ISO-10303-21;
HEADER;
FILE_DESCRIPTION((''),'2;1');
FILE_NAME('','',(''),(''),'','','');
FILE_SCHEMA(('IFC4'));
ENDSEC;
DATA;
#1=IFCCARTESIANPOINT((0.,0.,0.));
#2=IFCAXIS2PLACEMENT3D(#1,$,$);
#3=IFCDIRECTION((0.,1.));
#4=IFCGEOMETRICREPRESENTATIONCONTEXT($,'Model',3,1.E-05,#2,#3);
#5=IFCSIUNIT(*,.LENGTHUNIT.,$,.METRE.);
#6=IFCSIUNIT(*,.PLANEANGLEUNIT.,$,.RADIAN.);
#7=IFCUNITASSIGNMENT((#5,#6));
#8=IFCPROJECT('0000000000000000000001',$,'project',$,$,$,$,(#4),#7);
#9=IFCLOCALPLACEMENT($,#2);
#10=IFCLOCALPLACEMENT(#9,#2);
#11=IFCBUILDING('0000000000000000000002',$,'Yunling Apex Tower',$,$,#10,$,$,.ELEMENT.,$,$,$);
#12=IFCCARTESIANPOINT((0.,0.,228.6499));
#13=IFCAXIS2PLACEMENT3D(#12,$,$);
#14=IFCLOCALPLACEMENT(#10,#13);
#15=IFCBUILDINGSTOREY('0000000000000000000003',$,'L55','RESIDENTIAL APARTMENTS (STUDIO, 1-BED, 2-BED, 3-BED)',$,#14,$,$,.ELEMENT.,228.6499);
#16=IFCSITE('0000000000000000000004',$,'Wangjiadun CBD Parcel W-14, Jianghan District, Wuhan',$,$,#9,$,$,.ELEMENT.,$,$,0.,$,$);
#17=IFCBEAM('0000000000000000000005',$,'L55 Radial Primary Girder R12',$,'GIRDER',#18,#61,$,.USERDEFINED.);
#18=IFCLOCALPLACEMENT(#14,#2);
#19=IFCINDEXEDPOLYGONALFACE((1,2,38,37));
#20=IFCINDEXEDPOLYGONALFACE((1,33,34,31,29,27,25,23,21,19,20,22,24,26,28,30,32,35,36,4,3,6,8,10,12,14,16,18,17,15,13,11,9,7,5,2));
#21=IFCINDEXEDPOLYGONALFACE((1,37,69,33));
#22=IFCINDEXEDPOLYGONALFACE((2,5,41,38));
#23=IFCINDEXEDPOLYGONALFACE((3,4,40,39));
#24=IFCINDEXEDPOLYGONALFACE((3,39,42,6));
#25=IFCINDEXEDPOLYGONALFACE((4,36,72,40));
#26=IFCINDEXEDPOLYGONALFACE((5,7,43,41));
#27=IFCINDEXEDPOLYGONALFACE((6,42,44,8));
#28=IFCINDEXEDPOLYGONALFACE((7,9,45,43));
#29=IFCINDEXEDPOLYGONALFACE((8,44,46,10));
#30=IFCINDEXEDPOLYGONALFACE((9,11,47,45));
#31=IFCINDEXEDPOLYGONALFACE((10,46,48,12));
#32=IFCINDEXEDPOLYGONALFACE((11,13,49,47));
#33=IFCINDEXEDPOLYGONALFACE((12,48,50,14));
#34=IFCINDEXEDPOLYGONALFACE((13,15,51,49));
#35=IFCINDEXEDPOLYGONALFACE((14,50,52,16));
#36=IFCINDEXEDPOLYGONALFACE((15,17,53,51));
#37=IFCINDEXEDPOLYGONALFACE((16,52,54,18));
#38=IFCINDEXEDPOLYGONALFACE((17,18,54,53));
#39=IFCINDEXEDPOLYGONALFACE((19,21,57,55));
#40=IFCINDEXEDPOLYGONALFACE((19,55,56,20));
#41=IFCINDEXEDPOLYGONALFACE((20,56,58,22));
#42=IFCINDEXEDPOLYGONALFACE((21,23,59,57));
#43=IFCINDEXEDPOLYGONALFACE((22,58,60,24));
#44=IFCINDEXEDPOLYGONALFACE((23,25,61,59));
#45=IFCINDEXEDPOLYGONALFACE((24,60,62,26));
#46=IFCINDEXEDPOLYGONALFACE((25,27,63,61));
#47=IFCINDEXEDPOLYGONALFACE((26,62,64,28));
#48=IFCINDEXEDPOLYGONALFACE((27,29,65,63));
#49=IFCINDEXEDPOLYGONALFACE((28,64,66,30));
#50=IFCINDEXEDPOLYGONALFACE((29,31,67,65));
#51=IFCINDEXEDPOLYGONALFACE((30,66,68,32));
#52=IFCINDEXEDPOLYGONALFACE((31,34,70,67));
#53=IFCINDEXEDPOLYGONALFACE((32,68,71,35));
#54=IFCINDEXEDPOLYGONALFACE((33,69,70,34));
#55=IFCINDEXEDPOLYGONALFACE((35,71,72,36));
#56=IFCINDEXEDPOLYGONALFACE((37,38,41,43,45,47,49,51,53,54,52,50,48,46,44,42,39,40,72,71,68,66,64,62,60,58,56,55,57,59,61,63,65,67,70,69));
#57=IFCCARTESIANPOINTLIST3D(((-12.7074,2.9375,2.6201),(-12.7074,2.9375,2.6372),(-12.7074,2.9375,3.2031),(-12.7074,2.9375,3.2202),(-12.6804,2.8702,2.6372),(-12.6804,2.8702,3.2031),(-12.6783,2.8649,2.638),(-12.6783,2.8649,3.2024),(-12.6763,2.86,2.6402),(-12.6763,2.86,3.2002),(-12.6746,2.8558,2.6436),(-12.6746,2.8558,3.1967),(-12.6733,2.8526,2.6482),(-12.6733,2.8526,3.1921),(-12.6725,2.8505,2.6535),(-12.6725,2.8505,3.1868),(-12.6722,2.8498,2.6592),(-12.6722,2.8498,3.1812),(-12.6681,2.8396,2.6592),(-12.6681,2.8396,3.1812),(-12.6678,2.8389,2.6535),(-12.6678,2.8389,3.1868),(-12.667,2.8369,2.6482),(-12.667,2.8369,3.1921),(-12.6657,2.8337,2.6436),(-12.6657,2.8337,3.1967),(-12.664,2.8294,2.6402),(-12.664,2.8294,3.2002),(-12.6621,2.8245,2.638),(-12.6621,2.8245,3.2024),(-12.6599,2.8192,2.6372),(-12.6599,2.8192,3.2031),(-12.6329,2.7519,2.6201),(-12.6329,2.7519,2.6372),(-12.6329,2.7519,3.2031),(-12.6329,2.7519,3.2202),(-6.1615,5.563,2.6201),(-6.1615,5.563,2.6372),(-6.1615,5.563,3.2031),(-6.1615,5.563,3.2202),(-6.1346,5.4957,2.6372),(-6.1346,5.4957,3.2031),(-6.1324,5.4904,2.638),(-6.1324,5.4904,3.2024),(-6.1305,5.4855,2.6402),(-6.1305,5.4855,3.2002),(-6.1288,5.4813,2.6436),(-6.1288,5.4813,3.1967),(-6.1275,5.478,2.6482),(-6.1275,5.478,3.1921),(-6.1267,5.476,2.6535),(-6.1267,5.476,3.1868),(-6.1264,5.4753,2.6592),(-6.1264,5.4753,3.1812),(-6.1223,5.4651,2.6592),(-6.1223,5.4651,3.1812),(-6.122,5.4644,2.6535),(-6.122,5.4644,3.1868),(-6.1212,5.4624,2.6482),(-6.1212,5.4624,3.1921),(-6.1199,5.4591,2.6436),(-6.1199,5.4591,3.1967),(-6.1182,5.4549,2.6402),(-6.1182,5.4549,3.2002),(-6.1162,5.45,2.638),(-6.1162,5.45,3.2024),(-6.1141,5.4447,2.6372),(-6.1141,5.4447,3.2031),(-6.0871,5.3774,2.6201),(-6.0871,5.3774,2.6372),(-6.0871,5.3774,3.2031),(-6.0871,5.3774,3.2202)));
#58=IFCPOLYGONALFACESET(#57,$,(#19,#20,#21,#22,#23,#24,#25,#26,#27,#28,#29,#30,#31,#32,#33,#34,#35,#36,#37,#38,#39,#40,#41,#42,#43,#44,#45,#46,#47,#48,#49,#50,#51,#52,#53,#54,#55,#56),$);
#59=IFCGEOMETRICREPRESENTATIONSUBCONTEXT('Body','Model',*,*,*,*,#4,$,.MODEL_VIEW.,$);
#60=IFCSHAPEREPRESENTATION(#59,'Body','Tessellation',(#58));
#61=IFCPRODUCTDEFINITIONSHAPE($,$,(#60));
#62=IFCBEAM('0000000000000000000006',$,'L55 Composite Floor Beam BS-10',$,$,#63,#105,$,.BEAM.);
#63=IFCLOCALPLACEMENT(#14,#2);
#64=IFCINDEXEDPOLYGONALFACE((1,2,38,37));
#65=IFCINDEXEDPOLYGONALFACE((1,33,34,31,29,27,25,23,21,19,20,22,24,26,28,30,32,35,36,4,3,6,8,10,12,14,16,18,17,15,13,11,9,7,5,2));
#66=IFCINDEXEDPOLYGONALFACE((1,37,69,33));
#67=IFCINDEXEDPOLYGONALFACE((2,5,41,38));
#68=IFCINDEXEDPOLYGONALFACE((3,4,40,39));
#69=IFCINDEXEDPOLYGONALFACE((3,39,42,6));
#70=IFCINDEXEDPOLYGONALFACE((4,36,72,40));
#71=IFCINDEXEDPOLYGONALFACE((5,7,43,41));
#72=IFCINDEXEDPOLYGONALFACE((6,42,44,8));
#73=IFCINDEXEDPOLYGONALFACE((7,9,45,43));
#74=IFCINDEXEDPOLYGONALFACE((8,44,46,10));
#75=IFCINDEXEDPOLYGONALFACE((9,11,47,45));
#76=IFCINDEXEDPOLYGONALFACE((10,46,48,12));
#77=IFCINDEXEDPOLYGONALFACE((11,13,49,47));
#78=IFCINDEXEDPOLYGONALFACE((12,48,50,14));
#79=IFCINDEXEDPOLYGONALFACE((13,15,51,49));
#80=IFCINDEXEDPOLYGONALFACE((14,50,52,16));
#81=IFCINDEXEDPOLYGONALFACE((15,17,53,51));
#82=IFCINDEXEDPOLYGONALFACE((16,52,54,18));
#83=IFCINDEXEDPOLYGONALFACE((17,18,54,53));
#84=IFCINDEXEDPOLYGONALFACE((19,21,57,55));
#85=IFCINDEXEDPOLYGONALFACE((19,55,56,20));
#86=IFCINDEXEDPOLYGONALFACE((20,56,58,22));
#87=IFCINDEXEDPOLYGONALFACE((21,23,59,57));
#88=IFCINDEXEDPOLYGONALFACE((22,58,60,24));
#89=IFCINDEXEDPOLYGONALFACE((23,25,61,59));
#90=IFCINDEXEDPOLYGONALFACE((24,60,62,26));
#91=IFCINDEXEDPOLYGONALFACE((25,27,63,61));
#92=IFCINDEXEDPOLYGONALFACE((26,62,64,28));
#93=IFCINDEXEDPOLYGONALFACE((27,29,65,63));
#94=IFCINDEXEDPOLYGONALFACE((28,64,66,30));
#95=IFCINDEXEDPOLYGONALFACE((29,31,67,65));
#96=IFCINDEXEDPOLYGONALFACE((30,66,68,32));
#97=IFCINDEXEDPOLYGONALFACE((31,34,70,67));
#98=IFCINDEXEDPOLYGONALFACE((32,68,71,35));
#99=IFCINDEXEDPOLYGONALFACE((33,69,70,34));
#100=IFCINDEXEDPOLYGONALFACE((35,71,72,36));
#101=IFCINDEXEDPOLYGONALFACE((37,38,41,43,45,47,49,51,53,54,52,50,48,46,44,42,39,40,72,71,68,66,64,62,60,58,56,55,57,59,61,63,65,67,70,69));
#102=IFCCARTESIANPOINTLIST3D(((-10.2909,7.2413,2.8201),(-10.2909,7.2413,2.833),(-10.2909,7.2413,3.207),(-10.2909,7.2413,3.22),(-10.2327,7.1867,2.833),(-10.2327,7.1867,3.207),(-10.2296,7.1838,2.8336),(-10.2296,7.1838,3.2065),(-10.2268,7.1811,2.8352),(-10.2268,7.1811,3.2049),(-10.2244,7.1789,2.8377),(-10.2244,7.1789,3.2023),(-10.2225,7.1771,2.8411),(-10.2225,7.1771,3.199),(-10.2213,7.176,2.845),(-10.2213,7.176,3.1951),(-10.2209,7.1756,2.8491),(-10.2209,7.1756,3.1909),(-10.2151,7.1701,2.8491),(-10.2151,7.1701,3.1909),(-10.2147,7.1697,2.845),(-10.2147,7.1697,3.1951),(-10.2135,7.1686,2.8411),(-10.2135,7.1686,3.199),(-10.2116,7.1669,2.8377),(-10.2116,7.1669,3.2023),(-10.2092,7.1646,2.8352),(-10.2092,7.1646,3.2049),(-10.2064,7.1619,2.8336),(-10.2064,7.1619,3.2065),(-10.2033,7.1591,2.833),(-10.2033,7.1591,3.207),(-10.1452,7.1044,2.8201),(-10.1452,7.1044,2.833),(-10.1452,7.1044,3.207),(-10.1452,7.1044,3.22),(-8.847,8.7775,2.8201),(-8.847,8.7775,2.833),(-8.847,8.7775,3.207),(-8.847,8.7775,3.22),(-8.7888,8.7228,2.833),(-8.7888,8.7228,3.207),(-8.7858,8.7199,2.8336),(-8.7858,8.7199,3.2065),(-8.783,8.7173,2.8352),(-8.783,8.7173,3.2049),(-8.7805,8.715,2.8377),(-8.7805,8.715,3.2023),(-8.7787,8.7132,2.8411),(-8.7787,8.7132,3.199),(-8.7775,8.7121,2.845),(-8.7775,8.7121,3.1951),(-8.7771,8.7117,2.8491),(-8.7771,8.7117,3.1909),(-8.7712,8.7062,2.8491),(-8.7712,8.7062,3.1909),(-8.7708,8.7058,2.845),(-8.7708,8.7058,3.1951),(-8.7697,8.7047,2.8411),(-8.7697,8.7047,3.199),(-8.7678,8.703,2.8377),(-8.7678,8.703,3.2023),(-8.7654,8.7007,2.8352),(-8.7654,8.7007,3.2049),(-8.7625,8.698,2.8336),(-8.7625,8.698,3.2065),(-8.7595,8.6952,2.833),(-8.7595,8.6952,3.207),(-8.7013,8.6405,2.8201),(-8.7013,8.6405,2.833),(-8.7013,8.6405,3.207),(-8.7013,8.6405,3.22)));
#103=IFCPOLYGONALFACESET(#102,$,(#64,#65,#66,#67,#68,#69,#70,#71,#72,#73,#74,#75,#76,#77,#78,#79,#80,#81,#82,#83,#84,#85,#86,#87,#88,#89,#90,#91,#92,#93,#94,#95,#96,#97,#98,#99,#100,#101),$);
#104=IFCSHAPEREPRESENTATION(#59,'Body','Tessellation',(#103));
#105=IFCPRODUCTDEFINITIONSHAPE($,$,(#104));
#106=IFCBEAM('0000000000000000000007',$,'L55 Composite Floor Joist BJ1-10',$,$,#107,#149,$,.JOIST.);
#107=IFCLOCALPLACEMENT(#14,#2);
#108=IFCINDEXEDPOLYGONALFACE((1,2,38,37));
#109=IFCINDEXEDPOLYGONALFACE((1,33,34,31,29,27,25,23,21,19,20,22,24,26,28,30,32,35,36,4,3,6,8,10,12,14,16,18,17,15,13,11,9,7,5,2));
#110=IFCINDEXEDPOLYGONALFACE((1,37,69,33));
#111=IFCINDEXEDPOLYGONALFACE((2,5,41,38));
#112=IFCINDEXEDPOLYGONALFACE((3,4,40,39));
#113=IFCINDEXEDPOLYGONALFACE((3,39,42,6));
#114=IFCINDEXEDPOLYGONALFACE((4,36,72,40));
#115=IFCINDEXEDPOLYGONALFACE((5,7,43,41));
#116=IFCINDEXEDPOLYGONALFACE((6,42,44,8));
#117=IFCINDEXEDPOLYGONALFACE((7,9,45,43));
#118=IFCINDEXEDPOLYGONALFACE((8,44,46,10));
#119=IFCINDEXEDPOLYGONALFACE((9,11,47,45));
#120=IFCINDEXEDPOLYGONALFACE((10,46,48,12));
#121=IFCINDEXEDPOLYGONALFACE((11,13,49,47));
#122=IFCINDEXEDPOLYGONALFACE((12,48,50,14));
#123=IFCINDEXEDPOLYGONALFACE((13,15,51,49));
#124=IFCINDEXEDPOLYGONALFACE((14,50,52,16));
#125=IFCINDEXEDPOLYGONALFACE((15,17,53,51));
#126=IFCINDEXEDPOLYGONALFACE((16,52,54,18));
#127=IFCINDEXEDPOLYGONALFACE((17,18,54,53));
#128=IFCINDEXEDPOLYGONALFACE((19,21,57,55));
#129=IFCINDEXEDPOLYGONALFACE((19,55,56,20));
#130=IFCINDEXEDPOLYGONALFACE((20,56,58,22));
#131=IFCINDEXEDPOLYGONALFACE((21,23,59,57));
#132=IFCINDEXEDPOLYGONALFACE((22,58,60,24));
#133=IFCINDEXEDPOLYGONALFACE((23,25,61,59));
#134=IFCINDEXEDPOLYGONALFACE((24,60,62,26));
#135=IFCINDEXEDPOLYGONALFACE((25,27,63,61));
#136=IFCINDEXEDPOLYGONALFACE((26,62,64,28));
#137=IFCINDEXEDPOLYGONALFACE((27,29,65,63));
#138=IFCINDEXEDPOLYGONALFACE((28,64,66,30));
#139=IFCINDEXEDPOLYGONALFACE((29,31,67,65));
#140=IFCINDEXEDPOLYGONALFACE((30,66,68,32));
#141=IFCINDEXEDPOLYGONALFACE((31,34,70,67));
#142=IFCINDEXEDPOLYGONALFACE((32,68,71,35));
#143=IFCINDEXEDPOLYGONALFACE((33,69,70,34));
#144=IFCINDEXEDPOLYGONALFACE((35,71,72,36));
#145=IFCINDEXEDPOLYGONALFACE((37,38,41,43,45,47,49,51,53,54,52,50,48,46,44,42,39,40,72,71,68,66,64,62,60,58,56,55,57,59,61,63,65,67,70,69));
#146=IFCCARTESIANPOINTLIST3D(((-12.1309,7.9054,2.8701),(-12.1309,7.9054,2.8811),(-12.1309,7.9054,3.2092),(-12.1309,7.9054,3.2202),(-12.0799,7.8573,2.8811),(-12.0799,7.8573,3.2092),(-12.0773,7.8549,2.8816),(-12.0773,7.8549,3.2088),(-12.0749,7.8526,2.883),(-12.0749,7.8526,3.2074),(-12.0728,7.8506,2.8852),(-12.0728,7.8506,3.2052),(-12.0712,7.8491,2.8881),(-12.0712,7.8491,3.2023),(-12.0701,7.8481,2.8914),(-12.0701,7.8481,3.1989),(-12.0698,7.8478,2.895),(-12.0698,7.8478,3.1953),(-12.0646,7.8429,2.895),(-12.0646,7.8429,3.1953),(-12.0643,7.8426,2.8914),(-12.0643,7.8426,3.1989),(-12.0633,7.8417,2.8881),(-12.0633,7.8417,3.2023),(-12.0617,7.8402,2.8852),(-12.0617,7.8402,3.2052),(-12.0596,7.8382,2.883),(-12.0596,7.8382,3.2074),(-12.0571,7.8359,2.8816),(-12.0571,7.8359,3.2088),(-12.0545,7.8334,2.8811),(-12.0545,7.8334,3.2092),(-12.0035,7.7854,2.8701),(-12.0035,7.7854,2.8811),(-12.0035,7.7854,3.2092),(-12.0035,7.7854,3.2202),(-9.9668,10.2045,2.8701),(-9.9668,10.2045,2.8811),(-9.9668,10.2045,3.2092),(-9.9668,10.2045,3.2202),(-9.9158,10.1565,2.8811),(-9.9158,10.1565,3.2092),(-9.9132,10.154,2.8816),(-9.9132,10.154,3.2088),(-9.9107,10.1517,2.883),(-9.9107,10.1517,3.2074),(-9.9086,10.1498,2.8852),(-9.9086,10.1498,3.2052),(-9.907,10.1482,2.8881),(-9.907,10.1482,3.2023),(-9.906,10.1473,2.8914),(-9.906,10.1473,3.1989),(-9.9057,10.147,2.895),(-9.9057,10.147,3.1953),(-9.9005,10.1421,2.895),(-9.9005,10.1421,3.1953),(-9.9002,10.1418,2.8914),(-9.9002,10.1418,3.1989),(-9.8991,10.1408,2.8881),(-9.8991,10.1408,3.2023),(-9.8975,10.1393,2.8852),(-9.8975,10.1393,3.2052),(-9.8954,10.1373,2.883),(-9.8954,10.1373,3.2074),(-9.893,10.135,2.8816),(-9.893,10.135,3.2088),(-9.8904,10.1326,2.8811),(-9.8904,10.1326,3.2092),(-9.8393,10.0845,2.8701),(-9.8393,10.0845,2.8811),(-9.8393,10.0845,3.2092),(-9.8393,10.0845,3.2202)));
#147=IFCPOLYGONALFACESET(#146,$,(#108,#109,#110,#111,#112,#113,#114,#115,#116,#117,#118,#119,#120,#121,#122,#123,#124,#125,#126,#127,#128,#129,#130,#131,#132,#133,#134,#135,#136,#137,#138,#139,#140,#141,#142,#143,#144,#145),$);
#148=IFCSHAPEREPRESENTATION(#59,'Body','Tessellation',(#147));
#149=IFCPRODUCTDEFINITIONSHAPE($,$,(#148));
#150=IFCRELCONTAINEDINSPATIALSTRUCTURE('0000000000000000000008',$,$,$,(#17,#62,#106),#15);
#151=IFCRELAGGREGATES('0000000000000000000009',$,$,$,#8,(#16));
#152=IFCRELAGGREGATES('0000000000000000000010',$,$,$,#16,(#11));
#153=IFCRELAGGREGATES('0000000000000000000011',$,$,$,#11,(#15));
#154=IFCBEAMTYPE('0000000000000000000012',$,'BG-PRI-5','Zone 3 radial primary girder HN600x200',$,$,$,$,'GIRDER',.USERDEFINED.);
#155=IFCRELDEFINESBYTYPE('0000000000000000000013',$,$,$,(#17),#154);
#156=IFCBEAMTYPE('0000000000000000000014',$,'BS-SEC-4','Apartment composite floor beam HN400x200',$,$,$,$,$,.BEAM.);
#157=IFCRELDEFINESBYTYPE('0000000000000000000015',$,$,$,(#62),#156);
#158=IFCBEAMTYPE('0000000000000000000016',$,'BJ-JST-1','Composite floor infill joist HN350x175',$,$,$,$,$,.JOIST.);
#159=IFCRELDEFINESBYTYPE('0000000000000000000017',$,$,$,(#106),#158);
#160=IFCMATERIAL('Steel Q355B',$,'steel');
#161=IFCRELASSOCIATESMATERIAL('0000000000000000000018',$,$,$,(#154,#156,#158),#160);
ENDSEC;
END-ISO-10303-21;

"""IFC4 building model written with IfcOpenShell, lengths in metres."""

from ifc_helpers import new_model, si_unit, direction, frame, origin, origin_2d, place, context, subcontext, project, spatial, i_section, extrude, source, transform, mapped, material, material_profile, profile_set, type_object, element, save


model = new_model("IFC4")

# Units and contexts
model_context = context("Model", 3, precision=1e-05, world=origin(), true_north=direction((0.0, 1.0)))
body_context = subcontext(model_context, "Body", "Model", "MODEL_VIEW")
ifc_project = project(units=[si_unit("LENGTHUNIT", "METRE"), si_unit("PLANEANGLEUNIT", "RADIAN")], contexts=[model_context])

# Site, building, storey
site_placement = place(None, origin())
site = spatial("IfcSite", under=ifc_project, at=site_placement, Name="Wangjiadun CBD Parcel W-14, Jianghan District, Wuhan", CompositionType="ELEMENT", RefElevation=0.0)
building_placement = place(site_placement, origin())
building = spatial("IfcBuilding", under=site, at=building_placement, Name="Yunling Apex Tower", CompositionType="ELEMENT")
storey_placement = place(building_placement, frame((0.0, 0.0, 228.6499)))
storey = spatial("IfcBuildingStorey", under=building, at=storey_placement, Name="L55", Description="RESIDENTIAL APARTMENTS (STUDIO, 1-BED, 2-BED, 3-BED)", CompositionType="ELEMENT", Elevation=228.6499)

# Beams
ifc_material_1 = material(Name="Steel Q355B", Category="steel")
ifc_material_profile_1 = material_profile(ifc_material_1, i_section(OverallWidth=0.2, OverallDepth=0.6001, WebThickness=0.011, FlangeThickness=0.0171, FilletRadius=0.022, at=origin_2d()))
ifc_profile_set_1 = profile_set([ifc_material_profile_1], Name="Steel Q355B")
beam_type_1 = type_object("IfcBeamType", Name="BG-PRI-5", Description="Zone 3 radial primary girder HN600x200", ElementType="GIRDER", PredefinedType="USERDEFINED", material=ifc_profile_set_1)
shared_shape_1 = source(origin(), body_context, "Body", "SweptSolid", [
    extrude(i_section(OverallWidth=0.2, OverallDepth=0.6001, WebThickness=0.011, FlangeThickness=0.0171, FilletRadius=0.022, at=origin_2d()), origin(), (0.0, 0.0, 1.0), 7.0527),
])
beam_1_placement = place(storey_placement, frame((-12.6702, 2.8447, 2.9202), z_axis=(0.928128, 0.372262, 0.0), x_axis=(-0.372262, 0.928128, 0.0)))
element("IfcBeam", 1, at=beam_1_placement, inside=storey, type_object=beam_type_1, Name="L55 Radial Primary Girder R12", ObjectType="GIRDER", PredefinedType="USERDEFINED", context=body_context, shape_type="MappedRepresentation", body=[
    mapped(shared_shape_1, transform((0.0, 0.0, 0.0), scale=1.0)),
])
ifc_material_profile_2 = material_profile(ifc_material_1, i_section(OverallWidth=0.2, OverallDepth=0.3999, WebThickness=0.0081, FlangeThickness=0.0129, FilletRadius=0.0161, at=origin_2d()))
ifc_profile_set_2 = profile_set([ifc_material_profile_2], Name="Steel Q355B")
beam_type_2 = type_object("IfcBeamType", Name="BS-SEC-4", Description="Apartment composite floor beam HN400x200", PredefinedType="BEAM", material=ifc_profile_set_2)
shared_shape_2 = source(origin(), body_context, "Body", "SweptSolid", [
    extrude(i_section(OverallWidth=0.2, OverallDepth=0.3999, WebThickness=0.0081, FlangeThickness=0.0129, FilletRadius=0.0161, at=origin_2d()), origin(), (0.0, 0.0, 1.0), 2.1082),
])
beam_2_placement = place(storey_placement, frame((-8.7742, 8.709, 3.02), z_axis=(-0.68488, -0.728655, 0.0), x_axis=(0.728655, -0.68488, 0.0)))
element("IfcBeam", 2, at=beam_2_placement, inside=storey, type_object=beam_type_2, Name="L55 Composite Floor Beam BS-10", PredefinedType="BEAM", context=body_context, shape_type="MappedRepresentation", body=[
    mapped(shared_shape_2, transform((0.0, 0.0, 0.0), scale=1.0)),
])
ifc_material_profile_3 = material_profile(ifc_material_1, i_section(OverallWidth=0.175, OverallDepth=0.3501, WebThickness=0.0071, FlangeThickness=0.011, FilletRadius=0.0139, at=origin_2d()))
ifc_profile_set_3 = profile_set([ifc_material_profile_3], Name="Steel Q355B")
beam_type_3 = type_object("IfcBeamType", Name="BJ-JST-1", Description="Composite floor infill joist HN350x175", PredefinedType="JOIST", material=ifc_profile_set_3)
shared_shape_3 = source(origin(), body_context, "Body", "SweptSolid", [
    extrude(i_section(OverallWidth=0.175, OverallDepth=0.3501, WebThickness=0.0071, FlangeThickness=0.011, FilletRadius=0.0139, at=origin_2d()), origin(), (0.0, 0.0, 1.0), 3.1575),
])
beam_3_placement = place(storey_placement, frame((-9.9031, 10.1445, 3.0452), z_axis=(-0.685403, -0.728164, 0.0), x_axis=(0.728164, -0.685403, 0.0)))
element("IfcBeam", 3, at=beam_3_placement, inside=storey, type_object=beam_type_3, Name="L55 Composite Floor Joist BJ1-10", PredefinedType="JOIST", context=body_context, shape_type="MappedRepresentation", body=[
    mapped(shared_shape_3, transform((0.0, 0.0, 0.0), scale=1.0)),
])

save(model, "model.ifc")
